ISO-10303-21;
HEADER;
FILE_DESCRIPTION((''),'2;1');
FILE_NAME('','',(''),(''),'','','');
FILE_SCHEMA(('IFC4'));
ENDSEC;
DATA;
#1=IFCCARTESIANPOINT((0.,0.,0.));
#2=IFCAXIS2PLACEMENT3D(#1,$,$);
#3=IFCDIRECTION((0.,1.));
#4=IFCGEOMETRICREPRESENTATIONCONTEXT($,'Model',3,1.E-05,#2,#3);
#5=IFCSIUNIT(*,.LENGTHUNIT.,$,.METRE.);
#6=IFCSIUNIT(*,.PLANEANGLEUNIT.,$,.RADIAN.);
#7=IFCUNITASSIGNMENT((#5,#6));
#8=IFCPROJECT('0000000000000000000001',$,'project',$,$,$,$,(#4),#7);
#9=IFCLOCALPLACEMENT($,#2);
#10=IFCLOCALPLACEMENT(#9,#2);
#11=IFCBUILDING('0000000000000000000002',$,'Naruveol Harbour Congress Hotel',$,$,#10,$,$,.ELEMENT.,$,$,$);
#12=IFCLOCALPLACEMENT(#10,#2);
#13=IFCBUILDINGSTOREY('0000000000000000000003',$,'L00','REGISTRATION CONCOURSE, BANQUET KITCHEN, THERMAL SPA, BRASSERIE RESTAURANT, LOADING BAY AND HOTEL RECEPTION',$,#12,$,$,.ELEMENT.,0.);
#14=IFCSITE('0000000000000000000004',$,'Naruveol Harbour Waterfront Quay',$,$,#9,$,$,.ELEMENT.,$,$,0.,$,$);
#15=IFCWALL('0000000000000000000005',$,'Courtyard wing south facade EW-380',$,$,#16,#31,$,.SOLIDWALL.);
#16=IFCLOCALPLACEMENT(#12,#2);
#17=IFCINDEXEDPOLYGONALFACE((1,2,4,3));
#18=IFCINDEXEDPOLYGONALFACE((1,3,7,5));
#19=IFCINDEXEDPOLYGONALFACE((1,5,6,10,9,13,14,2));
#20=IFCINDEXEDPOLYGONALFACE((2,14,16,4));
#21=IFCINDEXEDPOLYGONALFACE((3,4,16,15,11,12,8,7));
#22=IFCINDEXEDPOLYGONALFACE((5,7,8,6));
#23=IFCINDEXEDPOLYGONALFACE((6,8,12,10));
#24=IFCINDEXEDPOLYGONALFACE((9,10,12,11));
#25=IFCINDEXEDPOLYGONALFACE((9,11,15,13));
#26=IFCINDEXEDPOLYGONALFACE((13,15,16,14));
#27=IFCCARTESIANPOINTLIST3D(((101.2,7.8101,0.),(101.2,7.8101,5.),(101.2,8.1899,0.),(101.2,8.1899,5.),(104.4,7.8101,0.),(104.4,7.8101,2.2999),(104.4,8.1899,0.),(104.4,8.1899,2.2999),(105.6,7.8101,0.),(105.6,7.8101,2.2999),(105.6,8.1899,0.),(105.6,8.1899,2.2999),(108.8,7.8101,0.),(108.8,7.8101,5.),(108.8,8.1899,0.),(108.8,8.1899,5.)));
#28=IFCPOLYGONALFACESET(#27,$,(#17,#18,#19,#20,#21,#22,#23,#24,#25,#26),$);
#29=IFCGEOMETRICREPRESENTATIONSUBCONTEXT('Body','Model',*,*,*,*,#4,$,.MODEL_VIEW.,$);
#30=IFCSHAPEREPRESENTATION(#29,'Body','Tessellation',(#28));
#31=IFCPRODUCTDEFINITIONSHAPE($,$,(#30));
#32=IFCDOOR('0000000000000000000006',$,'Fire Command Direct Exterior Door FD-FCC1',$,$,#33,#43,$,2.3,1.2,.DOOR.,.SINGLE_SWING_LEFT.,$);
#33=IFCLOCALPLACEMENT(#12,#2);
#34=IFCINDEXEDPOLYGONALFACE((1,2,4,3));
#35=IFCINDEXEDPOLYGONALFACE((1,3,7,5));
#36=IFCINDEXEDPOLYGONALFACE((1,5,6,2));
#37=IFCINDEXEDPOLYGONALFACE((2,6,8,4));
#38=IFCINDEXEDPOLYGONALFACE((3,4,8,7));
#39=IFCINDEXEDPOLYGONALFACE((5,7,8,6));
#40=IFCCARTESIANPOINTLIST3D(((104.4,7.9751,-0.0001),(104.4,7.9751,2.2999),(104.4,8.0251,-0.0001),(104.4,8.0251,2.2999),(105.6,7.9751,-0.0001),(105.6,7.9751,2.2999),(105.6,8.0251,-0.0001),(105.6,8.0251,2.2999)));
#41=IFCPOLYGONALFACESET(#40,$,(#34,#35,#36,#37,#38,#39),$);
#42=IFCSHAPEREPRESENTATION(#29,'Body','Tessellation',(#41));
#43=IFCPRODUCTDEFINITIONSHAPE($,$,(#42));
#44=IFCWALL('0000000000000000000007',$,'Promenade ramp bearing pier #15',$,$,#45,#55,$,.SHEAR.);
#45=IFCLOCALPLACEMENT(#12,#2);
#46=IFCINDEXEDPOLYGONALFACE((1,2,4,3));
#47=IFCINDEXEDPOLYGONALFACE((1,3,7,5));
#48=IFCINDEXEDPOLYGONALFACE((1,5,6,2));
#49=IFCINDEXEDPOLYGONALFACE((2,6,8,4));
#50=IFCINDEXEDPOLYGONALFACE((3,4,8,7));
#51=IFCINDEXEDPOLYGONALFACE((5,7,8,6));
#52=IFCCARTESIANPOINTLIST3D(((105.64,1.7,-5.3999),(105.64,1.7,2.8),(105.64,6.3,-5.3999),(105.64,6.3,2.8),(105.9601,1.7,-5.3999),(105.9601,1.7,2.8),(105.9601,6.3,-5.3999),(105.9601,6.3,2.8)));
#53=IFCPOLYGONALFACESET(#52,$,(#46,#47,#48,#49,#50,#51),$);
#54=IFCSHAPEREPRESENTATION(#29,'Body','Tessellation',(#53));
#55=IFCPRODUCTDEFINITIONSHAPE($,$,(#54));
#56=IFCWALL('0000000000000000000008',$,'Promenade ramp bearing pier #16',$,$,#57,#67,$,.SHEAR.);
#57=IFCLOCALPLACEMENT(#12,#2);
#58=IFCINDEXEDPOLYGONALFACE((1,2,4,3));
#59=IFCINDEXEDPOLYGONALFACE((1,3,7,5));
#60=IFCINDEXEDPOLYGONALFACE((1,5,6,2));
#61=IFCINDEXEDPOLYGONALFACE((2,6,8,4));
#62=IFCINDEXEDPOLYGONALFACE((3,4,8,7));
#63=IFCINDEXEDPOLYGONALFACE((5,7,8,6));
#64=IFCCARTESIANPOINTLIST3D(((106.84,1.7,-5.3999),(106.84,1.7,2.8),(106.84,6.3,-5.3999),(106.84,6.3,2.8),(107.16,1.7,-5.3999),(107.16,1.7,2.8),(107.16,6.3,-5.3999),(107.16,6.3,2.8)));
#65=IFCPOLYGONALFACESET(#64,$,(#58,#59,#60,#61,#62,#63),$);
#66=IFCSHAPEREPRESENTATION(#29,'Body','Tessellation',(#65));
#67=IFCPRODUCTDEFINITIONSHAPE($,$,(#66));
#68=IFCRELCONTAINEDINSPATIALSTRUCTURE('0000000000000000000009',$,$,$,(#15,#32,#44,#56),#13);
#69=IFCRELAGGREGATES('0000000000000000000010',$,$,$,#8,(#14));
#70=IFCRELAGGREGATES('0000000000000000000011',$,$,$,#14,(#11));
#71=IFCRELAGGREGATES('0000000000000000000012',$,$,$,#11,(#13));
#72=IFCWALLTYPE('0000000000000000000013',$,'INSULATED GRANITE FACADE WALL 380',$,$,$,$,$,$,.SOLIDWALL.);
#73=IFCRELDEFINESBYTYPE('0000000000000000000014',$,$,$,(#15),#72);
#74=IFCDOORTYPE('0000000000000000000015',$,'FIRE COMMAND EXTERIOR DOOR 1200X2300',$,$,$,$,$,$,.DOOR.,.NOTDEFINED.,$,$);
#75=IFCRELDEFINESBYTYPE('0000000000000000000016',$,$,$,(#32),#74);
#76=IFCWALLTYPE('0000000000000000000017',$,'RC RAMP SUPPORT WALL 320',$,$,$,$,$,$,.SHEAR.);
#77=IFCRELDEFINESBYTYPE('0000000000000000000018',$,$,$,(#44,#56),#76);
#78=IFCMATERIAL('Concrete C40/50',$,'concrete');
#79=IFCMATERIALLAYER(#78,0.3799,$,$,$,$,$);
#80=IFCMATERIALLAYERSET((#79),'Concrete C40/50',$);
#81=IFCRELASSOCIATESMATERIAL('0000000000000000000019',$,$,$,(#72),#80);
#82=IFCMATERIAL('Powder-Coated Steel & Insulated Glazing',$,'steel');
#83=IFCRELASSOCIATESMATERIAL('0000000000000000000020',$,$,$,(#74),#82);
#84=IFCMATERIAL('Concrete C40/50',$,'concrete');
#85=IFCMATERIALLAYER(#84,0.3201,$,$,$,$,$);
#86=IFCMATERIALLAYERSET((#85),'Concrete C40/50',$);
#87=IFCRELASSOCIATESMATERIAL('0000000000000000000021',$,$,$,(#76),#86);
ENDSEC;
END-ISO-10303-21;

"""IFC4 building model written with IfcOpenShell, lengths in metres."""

from ifc_helpers import new_model, si_unit, direction, frame, frame_2d, origin, place, context, subcontext, project, spatial, rectangle, extrude, material, layer, layer_set, type_object, element, fill, save


model = new_model("IFC4")

# Units and contexts
model_context = context("Model", 3, precision=1e-05, world=origin(), true_north=direction((0.0, 1.0)))
body_context = subcontext(model_context, "Body", "Model", "MODEL_VIEW")
ifc_project = project(units=[si_unit("LENGTHUNIT", "METRE"), si_unit("PLANEANGLEUNIT", "RADIAN")], contexts=[model_context])

# Site, building, storey
site_placement = place(None, origin())
site = spatial("IfcSite", under=ifc_project, at=site_placement, Name="Naruveol Harbour Waterfront Quay", CompositionType="ELEMENT", RefElevation=0.0)
building_placement = place(site_placement, origin())
building = spatial("IfcBuilding", under=site, at=building_placement, Name="Naruveol Harbour Congress Hotel", CompositionType="ELEMENT")
storey_placement = place(building_placement, origin())
storey = spatial("IfcBuildingStorey", under=building, at=storey_placement, Name="L00", Description="REGISTRATION CONCOURSE, BANQUET KITCHEN, THERMAL SPA, BRASSERIE RESTAURANT, LOADING BAY AND HOTEL RECEPTION", CompositionType="ELEMENT", Elevation=0.0)

# Shared definitions
ifc_material_1 = material(Name="Concrete C40/50", Category="concrete")
ifc_layer_1 = layer(ifc_material_1, 0.3799)
ifc_layer_set_1 = layer_set([ifc_layer_1], Name="Concrete C40/50")
wall_type_1 = type_object("IfcWallType", Name="INSULATED GRANITE FACADE WALL 380", PredefinedType="SOLIDWALL", material=ifc_layer_set_1)

# Wall, opening, door
wall_1_placement = place(storey_placement, frame((108.8, 8.0, 0.0), z_axis=(0.0, 0.0, 1.0), x_axis=(-1.0, 0.0, 0.0)))
wall_1 = element("IfcWall", 1, at=wall_1_placement, inside=storey, type_object=wall_type_1, Name="Courtyard wing south facade EW-380", PredefinedType="SOLIDWALL", context=body_context, shape_type="SweptSolid", body=[
    extrude(rectangle(XDim=7.6001, YDim=0.3799, at=frame_2d((3.8, 0.0))), origin(), (0.0, 0.0, 1.0), 5.0),
])
opening_1_placement = place(wall_1_placement, frame((3.2, 0.0, 0.0)))
opening_1 = element("IfcOpeningElement", 2, at=opening_1_placement, cuts=wall_1, PredefinedType="OPENING", context=body_context, shape_type="SweptSolid", body=[
    extrude(rectangle(XDim=1.2, YDim=2.3, at=frame_2d((0.6001, 1.1499))), frame((0.0, 0.2, 0.0), z_axis=(0.0, -1.0, 0.0), x_axis=(1.0, 0.0, 0.0)), (0.0, 0.0, 1.0), 0.3999),
])
ifc_material_2 = material(Name="Powder-Coated Steel & Insulated Glazing", Category="steel")
door_type = type_object("IfcDoorType", Name="FIRE COMMAND EXTERIOR DOOR 1200X2300", OperationType="NOTDEFINED", PredefinedType="DOOR", material=ifc_material_2)
door_placement = place(opening_1_placement, origin())
door = element("IfcDoor", 3, at=door_placement, inside=storey, type_object=door_type, Name="Fire Command Direct Exterior Door FD-FCC1", OperationType="SINGLE_SWING_LEFT", OverallHeight=2.3, OverallWidth=1.2, PredefinedType="DOOR", context=body_context, shape_type="SweptSolid", body=[
    extrude(rectangle(XDim=1.2, YDim=2.3, at=frame_2d((0.6001, 1.1499))), frame((0.0, 0.0249, 0.0), z_axis=(0.0, -1.0, 0.0), x_axis=(1.0, 0.0, 0.0)), (0.0, 0.0, 1.0), 0.05),
])
fill(opening_1, door)

# Walls
ifc_material_3 = material(Name="Concrete C40/50", Category="concrete")
ifc_layer_2 = layer(ifc_material_3, 0.3201)
ifc_layer_set_2 = layer_set([ifc_layer_2], Name="Concrete C40/50")
wall_type_2 = type_object("IfcWallType", Name="RC RAMP SUPPORT WALL 320", PredefinedType="SHEAR", material=ifc_layer_set_2)
for number, where, z_axis, x_axis, name in (
    (4, (105.8, 1.7, -5.3999), (0.0, 0.0, 1.0), (0.0, 1.0, 0.0), "Promenade ramp bearing pier #15"),
    (5, (107.0, 1.7, -5.3999), (0.0, 0.0, 1.0), (0.0, 1.0, 0.0), "Promenade ramp bearing pier #16"),
):
    element("IfcWall", number, at=place(storey_placement, frame(where, z_axis=z_axis, x_axis=x_axis)), inside=storey, type_object=wall_type_2, Name=name, PredefinedType="SHEAR", context=body_context, shape_type="SweptSolid", body=[
        extrude(rectangle(XDim=4.6001, YDim=0.3201, at=frame_2d((2.3, 0.0))), origin(), (0.0, 0.0, 1.0), 8.2),
    ])

save(model, "model.ifc")
